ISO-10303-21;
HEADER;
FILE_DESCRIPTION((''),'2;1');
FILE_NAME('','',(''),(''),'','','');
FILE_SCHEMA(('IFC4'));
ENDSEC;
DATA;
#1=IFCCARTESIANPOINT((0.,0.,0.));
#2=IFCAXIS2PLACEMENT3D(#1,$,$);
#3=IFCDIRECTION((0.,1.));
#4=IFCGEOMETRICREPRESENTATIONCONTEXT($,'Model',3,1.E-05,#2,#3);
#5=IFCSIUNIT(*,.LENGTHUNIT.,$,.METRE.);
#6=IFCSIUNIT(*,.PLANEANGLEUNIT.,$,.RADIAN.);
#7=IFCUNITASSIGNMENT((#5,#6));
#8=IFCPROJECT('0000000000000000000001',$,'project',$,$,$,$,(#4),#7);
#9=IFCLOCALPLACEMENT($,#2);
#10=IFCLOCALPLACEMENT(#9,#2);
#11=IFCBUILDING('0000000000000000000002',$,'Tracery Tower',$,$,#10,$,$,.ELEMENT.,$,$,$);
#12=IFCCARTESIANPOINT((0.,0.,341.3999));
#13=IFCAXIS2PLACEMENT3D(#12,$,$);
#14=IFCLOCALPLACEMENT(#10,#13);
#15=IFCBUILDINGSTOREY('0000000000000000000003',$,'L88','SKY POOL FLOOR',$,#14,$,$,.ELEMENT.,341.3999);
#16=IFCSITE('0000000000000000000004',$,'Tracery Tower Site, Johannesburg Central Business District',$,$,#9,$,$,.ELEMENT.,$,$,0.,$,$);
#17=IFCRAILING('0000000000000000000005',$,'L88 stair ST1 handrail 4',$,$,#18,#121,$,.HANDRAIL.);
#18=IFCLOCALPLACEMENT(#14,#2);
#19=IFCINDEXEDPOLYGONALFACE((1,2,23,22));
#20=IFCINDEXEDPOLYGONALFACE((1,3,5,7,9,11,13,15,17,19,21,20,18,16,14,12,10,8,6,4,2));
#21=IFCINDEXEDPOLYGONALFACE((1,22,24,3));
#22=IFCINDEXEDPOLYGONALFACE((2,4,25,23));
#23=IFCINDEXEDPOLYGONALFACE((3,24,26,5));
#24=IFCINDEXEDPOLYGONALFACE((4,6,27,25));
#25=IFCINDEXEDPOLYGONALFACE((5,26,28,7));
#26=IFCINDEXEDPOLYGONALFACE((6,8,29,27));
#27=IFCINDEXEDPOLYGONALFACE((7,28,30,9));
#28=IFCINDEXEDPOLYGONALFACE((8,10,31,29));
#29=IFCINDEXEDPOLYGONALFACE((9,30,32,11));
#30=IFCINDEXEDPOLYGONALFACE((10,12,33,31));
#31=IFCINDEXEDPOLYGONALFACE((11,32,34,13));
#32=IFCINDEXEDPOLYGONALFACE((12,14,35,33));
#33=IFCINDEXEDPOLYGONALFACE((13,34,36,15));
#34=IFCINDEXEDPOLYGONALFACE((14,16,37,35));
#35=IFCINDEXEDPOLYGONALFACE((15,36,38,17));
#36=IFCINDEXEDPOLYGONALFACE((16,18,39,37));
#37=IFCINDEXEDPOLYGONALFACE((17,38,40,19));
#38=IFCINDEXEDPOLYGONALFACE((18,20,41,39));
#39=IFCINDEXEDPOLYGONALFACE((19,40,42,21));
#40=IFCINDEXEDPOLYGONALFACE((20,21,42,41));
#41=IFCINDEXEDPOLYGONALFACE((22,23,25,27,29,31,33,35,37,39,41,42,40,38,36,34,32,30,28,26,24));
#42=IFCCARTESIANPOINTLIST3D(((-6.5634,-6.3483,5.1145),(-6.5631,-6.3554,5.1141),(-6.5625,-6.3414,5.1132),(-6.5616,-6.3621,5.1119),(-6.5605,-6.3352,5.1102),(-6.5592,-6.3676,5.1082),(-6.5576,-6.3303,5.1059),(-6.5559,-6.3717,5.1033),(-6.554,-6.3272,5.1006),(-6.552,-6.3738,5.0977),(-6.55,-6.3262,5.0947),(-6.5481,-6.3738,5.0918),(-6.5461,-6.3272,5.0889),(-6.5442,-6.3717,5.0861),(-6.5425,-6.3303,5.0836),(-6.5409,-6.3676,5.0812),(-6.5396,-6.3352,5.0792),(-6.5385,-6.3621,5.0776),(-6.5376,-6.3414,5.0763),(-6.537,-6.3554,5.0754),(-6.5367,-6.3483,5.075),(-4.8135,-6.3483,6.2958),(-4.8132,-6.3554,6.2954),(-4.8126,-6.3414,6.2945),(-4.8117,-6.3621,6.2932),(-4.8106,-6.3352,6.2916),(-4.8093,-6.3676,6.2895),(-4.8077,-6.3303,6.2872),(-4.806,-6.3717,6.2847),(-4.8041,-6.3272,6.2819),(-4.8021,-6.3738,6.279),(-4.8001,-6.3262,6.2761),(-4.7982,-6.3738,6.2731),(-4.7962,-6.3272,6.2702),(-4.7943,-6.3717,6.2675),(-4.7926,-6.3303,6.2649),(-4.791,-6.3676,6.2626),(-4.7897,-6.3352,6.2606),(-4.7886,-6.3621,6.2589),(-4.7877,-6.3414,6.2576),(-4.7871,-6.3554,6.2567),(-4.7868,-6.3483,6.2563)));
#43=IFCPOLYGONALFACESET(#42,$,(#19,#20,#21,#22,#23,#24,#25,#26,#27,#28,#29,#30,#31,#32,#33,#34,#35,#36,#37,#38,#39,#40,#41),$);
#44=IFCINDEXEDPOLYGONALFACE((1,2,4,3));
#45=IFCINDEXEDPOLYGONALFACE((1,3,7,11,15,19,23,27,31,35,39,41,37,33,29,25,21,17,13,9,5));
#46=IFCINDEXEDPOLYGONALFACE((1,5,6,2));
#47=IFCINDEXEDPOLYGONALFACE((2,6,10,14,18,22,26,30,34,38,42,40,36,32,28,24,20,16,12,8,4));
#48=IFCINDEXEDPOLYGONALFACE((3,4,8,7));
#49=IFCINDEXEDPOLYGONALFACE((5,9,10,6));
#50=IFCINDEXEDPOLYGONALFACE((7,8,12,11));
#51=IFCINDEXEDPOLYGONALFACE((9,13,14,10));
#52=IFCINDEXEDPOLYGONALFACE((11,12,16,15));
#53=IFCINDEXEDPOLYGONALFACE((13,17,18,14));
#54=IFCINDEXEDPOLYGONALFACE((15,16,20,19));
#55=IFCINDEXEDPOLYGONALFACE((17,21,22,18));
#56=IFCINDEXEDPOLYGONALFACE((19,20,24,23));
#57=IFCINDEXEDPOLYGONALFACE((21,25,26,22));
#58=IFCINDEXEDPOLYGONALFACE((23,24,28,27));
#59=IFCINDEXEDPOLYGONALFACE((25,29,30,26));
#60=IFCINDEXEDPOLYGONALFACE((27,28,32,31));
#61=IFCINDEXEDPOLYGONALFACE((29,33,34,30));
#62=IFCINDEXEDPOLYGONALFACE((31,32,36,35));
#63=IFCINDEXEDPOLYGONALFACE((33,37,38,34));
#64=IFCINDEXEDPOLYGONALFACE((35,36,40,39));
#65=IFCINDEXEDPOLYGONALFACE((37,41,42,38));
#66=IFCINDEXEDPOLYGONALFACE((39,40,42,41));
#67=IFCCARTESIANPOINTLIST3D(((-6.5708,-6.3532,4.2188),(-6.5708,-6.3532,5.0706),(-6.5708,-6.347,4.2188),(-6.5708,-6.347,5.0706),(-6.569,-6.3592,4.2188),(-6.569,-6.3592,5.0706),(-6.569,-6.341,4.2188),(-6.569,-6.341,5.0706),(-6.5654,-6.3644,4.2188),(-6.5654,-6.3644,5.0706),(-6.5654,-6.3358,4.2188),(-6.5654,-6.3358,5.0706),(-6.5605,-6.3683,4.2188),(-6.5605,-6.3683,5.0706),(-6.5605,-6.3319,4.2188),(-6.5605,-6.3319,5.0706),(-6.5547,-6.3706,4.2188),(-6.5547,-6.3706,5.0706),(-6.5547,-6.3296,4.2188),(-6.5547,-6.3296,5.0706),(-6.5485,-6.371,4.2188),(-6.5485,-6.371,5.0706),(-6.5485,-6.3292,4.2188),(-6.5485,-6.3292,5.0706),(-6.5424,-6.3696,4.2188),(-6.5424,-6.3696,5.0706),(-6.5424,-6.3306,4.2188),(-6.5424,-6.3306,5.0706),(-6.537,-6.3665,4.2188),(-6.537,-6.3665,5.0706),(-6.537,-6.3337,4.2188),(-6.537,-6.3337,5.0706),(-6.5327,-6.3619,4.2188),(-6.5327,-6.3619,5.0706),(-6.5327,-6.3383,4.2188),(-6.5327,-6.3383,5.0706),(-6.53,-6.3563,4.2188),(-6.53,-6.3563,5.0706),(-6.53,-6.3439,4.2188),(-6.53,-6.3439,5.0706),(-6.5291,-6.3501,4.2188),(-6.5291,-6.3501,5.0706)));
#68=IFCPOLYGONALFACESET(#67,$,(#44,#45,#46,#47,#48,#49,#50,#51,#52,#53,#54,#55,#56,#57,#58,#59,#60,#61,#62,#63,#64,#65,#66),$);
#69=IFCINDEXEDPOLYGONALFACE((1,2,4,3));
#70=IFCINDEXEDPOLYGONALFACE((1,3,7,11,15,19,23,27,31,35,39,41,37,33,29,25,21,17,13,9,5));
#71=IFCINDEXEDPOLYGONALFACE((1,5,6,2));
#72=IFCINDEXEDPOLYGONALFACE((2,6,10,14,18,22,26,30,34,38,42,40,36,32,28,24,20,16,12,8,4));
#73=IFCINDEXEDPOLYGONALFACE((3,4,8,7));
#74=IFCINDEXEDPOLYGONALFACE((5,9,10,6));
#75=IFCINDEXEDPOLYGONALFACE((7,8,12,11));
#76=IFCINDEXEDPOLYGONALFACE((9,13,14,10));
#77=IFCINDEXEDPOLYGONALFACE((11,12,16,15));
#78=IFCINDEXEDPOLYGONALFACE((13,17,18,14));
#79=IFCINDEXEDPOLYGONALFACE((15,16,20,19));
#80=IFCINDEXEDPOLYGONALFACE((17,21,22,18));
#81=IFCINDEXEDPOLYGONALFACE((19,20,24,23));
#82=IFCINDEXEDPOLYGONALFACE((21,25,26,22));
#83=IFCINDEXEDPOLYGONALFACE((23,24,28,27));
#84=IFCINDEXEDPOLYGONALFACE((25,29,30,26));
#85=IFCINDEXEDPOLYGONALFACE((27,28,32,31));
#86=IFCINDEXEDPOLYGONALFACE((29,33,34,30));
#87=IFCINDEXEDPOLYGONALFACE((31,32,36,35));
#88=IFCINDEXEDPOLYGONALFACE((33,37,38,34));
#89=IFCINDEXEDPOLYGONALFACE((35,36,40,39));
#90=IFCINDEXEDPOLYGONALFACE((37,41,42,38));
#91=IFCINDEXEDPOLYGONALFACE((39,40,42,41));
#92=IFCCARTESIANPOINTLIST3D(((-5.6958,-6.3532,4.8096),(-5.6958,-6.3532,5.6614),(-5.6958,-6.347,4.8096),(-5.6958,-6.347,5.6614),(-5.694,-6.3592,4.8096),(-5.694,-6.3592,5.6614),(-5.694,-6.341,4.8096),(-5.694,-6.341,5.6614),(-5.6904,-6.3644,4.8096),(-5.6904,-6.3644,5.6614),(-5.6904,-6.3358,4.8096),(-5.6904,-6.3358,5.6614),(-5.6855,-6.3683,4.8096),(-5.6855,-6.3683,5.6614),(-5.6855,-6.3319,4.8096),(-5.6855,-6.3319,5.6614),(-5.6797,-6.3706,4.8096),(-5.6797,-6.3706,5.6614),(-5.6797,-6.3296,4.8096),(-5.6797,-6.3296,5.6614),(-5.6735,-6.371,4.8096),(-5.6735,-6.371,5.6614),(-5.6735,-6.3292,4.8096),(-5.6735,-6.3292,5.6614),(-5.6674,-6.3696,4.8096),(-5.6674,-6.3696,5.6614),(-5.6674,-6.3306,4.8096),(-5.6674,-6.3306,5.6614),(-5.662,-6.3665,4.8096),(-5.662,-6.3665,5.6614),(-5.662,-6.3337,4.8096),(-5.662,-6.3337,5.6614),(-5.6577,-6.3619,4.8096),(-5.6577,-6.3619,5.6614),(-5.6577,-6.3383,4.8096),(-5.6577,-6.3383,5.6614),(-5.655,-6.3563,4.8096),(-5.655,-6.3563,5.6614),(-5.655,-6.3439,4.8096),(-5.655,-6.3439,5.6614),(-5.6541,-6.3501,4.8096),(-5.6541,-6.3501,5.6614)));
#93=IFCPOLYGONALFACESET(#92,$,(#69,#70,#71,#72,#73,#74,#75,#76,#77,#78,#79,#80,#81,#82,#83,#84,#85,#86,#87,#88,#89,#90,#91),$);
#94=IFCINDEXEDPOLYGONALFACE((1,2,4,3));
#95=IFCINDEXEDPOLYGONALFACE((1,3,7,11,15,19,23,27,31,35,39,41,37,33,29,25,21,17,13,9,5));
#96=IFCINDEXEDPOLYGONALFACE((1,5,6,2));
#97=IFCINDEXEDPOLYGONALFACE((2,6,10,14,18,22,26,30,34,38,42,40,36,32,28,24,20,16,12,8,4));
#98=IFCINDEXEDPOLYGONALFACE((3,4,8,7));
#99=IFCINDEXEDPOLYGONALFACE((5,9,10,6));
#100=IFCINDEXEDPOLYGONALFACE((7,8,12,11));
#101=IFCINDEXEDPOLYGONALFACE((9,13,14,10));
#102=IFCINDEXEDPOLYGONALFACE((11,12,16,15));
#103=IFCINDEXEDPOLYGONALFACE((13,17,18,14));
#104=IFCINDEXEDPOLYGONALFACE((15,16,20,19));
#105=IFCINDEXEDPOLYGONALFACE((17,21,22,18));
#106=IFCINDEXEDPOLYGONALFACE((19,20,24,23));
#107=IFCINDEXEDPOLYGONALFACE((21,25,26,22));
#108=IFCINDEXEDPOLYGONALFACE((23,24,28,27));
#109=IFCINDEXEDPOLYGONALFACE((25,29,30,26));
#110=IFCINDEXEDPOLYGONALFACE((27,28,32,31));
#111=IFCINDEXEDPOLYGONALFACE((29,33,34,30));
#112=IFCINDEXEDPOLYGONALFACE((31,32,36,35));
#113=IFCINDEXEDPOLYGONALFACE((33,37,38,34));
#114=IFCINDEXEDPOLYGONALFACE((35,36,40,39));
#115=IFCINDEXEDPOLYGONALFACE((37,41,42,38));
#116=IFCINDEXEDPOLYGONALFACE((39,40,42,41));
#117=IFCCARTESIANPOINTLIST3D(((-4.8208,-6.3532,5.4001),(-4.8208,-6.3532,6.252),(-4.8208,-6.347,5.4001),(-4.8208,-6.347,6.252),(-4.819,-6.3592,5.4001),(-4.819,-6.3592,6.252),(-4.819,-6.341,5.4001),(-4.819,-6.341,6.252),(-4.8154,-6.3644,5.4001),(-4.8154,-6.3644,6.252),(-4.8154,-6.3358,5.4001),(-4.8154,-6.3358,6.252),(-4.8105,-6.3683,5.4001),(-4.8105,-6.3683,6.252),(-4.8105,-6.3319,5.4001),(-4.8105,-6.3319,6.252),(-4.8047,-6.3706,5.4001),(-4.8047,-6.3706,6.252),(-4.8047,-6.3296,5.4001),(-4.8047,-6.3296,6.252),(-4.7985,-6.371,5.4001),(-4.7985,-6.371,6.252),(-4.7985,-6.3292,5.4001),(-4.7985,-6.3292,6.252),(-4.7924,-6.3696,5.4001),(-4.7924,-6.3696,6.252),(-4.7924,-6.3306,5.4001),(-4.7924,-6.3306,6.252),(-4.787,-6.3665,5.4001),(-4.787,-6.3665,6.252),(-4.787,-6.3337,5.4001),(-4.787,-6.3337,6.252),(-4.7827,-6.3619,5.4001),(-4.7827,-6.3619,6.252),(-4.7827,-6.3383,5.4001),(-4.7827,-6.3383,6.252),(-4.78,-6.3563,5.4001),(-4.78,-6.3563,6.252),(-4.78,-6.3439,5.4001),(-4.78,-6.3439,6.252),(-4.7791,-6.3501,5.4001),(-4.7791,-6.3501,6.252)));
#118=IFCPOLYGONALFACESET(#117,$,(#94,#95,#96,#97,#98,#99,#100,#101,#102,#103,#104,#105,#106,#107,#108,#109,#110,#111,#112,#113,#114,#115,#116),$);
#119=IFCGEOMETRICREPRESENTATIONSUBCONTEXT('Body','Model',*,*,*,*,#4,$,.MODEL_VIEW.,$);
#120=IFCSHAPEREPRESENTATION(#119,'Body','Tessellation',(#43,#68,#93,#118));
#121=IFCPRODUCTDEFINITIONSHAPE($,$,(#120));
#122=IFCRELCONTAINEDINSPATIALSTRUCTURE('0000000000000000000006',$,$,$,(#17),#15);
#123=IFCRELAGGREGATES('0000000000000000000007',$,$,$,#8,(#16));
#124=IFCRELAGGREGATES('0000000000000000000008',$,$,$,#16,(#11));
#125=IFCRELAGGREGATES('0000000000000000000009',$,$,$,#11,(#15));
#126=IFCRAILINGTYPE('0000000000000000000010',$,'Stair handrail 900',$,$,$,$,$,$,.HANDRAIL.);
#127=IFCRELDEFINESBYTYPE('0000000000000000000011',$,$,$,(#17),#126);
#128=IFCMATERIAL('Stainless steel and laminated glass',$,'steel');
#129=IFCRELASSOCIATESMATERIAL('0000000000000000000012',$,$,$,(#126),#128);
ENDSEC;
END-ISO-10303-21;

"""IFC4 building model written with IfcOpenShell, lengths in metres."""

from ifc_helpers import new_model, si_unit, direction, frame, origin, origin_2d, place, context, subcontext, project, spatial, circle, extrude, material, type_object, element, save


model = new_model("IFC4")

# Units and contexts
model_context = context("Model", 3, precision=1e-05, world=origin(), true_north=direction((0.0, 1.0)))
body_context = subcontext(model_context, "Body", "Model", "MODEL_VIEW")
ifc_project = project(units=[si_unit("LENGTHUNIT", "METRE"), si_unit("PLANEANGLEUNIT", "RADIAN")], contexts=[model_context])

# Site, building, storey
site_placement = place(None, origin())
site = spatial("IfcSite", under=ifc_project, at=site_placement, Name="Tracery Tower Site, Johannesburg Central Business District", CompositionType="ELEMENT", RefElevation=0.0)
building_placement = place(site_placement, origin())
building = spatial("IfcBuilding", under=site, at=building_placement, Name="Tracery Tower", CompositionType="ELEMENT")
storey_placement = place(building_placement, frame((0.0, 0.0, 341.3999)))
storey = spatial("IfcBuildingStorey", under=building, at=storey_placement, Name="L88", Description="SKY POOL FLOOR", CompositionType="ELEMENT", Elevation=341.3999)

# Railing
ifc_material_1 = material(Name="Stainless steel and laminated glass", Category="steel")
railing_type_1 = type_object("IfcRailingType", Name="Stair handrail 900", PredefinedType="HANDRAIL", material=ifc_material_1)
railing_1_placement = place(storey_placement, frame((-6.55, -6.3501, 4.2188)))
element("IfcRailing", 1, at=railing_1_placement, inside=storey, type_object=railing_type_1, Name="L88 stair ST1 handrail 4", PredefinedType="HANDRAIL", context=body_context, shape_type="SweptSolid", body=[
    extrude(circle(Radius=0.0239, at=origin_2d()), frame((0.0, 0.0, 0.876), z_axis=(0.828817, 0.0, 0.559521), x_axis=(0.0, 1.0, 0.0)), (0.0, 0.0, 1.0), 2.1113),
    extrude(circle(Radius=0.021, at=origin_2d()), origin(), (0.0, 0.0, 1.0), 0.8518),
    extrude(circle(Radius=0.021, at=origin_2d()), frame((0.875, 0.0, 0.5908)), (0.0, 0.0, 1.0), 0.8518),
    extrude(circle(Radius=0.021, at=origin_2d()), frame((1.75, 0.0, 1.1814)), (0.0, 0.0, 1.0), 0.8518),
])

save(model, "model.ifc")
